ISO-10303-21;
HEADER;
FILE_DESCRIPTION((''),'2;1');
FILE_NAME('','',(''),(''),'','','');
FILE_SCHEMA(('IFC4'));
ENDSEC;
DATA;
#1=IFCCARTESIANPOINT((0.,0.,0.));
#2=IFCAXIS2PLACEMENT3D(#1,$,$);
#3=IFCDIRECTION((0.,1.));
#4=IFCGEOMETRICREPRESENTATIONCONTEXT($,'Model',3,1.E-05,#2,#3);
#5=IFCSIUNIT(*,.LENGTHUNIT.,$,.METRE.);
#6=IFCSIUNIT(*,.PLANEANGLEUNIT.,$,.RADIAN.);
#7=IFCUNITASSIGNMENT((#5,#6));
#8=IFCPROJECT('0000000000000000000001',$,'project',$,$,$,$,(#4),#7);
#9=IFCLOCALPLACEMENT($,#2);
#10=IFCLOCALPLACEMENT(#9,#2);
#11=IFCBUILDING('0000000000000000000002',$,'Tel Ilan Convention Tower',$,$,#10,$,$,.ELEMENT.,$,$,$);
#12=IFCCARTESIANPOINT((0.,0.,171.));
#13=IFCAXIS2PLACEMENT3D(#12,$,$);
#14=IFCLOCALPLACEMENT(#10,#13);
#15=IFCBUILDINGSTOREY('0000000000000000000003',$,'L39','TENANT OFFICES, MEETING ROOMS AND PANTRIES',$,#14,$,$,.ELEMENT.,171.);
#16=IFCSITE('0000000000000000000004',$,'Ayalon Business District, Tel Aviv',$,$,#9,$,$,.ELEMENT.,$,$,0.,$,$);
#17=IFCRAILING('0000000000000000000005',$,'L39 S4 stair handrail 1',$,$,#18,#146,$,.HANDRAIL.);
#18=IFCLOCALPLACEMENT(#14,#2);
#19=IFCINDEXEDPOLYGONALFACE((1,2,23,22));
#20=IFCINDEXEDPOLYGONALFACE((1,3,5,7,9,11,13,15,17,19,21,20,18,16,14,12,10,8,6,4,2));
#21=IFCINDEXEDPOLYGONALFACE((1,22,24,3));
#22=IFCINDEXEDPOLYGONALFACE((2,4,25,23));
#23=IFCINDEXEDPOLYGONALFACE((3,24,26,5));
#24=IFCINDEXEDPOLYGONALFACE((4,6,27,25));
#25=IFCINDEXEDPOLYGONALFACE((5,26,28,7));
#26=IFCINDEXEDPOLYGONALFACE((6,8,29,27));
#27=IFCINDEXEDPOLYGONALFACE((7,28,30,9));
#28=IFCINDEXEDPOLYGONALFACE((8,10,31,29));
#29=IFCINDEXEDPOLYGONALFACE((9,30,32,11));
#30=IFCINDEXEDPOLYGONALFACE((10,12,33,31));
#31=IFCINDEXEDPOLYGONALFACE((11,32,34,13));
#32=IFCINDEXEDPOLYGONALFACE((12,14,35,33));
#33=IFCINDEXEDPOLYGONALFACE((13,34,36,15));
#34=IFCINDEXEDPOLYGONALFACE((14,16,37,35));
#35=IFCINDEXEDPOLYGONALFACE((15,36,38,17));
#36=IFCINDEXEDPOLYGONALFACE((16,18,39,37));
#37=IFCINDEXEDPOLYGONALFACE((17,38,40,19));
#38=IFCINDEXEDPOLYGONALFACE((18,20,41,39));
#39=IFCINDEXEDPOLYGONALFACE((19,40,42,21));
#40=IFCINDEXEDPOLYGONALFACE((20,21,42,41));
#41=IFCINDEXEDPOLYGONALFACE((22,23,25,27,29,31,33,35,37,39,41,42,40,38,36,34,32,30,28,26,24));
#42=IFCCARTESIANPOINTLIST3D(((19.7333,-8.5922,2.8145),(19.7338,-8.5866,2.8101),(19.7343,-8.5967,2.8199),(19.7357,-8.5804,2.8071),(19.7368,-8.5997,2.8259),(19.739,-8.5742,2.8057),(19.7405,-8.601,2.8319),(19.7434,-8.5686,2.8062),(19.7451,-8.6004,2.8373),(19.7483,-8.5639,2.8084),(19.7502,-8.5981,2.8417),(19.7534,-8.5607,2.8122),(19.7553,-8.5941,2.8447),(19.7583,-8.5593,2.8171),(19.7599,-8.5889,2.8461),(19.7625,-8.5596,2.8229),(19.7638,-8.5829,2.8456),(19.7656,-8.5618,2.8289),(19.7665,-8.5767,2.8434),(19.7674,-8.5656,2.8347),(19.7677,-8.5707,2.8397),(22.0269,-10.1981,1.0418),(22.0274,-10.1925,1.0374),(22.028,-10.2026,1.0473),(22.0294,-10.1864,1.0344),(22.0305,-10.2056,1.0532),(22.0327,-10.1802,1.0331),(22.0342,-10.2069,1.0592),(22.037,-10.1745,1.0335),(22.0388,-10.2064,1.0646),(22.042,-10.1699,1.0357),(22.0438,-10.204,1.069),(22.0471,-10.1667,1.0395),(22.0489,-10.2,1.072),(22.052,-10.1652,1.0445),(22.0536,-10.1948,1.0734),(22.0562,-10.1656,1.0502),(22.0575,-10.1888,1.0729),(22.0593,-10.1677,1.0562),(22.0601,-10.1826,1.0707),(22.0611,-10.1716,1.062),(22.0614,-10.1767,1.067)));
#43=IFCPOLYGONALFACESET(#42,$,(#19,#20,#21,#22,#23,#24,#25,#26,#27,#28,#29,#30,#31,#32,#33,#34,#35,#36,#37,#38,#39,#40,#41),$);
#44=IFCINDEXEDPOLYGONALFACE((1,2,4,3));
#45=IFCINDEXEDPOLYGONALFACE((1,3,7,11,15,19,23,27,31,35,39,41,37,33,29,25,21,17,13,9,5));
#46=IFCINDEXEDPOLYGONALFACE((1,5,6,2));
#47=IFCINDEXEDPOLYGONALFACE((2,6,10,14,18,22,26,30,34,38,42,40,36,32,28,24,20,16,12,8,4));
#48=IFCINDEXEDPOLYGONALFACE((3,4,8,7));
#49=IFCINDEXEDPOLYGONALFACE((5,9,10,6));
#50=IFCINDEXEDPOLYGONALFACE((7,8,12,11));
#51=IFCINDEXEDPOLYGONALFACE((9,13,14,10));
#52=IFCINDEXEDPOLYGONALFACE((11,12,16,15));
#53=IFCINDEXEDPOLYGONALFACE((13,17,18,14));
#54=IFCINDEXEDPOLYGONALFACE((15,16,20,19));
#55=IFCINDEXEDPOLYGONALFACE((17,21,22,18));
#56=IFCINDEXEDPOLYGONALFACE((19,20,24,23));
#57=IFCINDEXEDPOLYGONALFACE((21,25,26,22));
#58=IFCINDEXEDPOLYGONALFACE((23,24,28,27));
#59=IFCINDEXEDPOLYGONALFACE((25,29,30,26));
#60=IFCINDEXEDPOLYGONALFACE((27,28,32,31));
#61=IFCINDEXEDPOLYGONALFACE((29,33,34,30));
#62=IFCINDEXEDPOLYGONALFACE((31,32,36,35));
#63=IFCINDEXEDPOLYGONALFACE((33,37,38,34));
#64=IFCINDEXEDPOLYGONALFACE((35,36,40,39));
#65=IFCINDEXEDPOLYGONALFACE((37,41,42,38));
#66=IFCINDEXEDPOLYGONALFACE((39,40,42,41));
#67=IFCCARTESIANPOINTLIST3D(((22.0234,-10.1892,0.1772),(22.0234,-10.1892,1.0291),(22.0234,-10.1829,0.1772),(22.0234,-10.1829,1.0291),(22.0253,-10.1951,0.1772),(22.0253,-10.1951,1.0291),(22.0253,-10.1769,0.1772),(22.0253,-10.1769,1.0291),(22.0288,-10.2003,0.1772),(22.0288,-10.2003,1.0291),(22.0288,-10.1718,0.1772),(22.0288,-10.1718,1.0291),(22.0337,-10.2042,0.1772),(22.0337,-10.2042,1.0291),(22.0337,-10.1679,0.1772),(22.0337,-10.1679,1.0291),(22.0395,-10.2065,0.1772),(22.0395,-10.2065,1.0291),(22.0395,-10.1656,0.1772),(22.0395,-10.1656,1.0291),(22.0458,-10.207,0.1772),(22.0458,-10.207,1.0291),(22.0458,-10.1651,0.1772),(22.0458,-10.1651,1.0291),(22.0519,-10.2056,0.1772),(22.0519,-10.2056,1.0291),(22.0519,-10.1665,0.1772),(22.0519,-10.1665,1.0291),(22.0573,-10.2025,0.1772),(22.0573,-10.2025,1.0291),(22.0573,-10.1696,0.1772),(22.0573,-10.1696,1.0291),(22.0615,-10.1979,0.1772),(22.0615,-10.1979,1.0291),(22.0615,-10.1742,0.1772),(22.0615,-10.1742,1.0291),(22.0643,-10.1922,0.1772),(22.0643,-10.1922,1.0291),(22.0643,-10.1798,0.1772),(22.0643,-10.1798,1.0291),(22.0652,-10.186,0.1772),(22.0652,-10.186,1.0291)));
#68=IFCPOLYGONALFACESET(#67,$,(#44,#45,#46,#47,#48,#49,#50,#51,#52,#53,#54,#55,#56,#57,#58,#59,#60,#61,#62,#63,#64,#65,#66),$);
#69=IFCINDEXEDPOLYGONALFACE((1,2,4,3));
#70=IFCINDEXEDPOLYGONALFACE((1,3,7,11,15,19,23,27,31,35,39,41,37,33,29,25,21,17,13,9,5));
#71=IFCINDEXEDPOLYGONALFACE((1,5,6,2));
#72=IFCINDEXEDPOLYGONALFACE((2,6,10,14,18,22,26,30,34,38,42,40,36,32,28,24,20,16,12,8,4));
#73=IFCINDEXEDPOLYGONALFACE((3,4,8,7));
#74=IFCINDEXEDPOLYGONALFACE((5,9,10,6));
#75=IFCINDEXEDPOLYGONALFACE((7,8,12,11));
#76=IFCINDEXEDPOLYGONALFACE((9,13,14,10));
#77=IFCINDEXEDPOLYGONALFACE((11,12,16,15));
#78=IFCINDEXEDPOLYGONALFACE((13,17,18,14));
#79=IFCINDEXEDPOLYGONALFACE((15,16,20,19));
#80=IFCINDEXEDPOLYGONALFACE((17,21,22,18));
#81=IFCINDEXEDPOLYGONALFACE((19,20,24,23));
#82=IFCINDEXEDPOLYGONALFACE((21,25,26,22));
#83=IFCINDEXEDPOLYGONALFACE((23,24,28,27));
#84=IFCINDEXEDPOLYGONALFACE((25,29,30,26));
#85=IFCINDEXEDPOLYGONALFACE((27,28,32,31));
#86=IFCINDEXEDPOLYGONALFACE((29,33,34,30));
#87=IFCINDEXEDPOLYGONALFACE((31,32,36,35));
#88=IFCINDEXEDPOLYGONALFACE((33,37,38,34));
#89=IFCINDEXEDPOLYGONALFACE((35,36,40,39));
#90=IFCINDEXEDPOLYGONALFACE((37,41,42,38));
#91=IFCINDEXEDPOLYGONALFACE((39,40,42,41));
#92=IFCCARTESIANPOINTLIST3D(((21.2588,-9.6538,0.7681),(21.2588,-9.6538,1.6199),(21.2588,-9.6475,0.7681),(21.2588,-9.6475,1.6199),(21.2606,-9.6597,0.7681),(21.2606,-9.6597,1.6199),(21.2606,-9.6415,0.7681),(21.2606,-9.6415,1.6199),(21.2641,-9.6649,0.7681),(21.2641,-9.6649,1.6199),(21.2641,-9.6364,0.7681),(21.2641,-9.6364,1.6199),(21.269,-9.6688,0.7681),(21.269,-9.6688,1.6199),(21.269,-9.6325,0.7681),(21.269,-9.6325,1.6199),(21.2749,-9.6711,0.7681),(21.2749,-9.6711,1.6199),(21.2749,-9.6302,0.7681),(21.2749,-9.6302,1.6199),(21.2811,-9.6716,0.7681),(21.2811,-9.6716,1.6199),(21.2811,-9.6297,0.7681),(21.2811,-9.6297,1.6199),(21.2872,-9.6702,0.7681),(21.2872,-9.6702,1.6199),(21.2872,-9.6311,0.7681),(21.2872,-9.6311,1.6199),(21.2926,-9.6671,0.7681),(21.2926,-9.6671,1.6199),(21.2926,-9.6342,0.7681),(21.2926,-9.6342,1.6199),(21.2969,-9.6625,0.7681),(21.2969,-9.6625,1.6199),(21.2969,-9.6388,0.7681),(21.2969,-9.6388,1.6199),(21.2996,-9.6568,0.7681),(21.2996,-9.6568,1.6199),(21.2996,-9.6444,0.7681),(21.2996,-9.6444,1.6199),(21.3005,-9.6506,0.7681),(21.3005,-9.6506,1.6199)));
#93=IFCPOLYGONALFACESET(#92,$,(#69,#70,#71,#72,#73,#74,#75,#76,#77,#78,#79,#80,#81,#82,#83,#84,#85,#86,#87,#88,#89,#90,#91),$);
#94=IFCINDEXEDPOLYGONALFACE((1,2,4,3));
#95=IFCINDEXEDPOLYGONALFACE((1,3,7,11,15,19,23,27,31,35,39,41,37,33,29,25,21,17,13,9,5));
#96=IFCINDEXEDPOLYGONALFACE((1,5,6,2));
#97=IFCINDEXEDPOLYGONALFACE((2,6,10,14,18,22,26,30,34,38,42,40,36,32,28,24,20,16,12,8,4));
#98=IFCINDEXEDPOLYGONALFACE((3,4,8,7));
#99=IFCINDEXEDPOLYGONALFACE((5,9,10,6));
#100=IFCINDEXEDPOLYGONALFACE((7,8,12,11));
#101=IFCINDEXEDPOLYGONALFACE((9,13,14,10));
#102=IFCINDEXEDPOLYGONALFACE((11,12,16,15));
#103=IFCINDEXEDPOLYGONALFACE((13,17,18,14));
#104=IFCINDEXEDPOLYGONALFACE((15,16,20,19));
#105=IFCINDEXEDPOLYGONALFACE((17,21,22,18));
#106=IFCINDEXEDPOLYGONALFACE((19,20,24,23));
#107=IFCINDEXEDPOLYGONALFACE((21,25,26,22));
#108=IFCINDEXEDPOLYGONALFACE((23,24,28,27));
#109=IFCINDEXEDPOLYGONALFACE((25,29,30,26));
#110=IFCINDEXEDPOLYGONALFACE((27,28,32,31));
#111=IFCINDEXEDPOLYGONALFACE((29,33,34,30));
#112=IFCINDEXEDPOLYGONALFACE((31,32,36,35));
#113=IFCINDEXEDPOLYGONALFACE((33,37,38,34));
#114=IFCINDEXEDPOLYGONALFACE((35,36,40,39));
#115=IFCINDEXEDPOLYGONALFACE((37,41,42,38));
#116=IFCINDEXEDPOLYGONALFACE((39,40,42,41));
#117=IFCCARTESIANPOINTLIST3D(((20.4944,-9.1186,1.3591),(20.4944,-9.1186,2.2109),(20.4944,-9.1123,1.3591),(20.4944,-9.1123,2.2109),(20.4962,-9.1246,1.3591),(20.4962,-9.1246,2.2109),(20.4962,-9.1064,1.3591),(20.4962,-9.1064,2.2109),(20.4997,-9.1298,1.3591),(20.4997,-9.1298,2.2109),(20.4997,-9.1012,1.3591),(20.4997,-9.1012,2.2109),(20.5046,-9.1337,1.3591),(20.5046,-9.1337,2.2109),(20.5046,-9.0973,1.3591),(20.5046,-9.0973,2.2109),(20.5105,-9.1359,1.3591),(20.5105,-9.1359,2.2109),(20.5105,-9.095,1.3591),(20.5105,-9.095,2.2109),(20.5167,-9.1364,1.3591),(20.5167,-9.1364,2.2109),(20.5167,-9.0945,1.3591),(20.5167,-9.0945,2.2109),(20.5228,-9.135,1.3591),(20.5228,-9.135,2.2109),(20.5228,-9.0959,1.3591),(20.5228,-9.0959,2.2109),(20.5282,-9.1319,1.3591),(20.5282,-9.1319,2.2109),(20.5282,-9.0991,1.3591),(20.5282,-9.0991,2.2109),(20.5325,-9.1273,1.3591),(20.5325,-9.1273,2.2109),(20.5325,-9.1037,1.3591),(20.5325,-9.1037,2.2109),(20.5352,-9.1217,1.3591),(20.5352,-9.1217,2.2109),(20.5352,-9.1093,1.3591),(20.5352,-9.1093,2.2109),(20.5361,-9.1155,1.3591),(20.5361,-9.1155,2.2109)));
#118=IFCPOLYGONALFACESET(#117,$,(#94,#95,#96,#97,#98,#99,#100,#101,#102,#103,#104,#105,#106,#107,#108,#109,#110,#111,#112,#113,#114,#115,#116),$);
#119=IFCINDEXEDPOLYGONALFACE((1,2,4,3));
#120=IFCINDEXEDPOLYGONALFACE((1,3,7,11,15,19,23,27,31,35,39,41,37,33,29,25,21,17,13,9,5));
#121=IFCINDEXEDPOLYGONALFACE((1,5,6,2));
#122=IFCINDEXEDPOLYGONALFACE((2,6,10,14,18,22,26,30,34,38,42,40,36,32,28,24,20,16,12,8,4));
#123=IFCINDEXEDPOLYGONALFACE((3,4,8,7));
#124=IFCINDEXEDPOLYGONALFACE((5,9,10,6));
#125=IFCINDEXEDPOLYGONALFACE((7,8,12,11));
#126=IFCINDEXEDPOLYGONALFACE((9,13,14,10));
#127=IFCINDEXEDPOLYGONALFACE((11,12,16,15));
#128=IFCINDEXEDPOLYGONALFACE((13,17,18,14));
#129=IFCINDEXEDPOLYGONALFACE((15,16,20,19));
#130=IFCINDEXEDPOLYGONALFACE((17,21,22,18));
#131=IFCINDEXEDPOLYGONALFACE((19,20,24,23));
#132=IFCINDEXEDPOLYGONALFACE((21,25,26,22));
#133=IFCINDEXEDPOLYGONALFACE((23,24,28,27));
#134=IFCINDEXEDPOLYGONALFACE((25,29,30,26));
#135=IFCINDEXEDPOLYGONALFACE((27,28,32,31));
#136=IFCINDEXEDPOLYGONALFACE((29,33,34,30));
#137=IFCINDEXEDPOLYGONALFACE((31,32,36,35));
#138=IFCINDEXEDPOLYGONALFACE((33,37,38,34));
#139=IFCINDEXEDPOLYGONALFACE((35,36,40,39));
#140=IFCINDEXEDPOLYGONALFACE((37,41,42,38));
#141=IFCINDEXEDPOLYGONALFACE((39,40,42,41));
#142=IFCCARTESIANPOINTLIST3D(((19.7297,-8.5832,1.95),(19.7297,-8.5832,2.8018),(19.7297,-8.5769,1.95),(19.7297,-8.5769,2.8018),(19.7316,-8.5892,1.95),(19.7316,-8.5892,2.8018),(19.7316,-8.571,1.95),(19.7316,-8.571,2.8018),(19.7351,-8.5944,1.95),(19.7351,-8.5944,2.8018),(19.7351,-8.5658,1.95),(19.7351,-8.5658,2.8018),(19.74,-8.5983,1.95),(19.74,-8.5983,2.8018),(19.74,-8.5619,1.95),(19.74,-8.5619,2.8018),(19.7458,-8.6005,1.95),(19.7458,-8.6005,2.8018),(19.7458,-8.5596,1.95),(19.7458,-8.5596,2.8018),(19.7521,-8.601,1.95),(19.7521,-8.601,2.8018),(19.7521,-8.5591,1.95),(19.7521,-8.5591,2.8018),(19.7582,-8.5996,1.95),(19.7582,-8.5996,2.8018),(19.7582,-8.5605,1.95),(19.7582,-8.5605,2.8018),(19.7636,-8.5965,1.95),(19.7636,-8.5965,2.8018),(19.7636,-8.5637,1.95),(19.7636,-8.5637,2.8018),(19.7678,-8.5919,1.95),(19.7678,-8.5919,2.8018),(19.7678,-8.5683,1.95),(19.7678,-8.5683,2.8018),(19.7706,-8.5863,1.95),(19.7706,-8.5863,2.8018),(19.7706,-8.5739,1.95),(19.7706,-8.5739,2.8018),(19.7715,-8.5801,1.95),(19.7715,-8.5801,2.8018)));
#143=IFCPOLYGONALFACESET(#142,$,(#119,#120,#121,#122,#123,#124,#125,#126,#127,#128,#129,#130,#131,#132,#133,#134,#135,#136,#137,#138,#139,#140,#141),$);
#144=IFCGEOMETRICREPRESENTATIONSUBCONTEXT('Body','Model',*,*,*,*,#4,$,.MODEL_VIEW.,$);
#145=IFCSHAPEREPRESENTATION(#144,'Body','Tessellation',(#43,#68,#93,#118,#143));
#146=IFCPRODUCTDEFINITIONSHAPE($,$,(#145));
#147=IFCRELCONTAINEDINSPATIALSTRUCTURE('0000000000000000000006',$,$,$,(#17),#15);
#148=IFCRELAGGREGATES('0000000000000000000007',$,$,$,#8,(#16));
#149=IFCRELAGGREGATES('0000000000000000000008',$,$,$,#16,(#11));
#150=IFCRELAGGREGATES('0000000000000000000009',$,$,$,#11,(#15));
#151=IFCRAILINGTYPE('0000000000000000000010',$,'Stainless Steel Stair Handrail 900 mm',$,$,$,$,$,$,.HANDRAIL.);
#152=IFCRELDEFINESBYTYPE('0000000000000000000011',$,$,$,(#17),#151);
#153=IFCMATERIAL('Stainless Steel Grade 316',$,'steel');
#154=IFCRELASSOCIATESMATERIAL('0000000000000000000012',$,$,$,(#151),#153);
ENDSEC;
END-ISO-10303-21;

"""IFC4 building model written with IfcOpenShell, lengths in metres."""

from ifc_helpers import new_model, si_unit, direction, frame, origin, origin_2d, place, context, subcontext, project, spatial, circle, extrude, material, type_object, element, save


model = new_model("IFC4")

# Units and contexts
model_context = context("Model", 3, precision=1e-05, world=origin(), true_north=direction((0.0, 1.0)))
body_context = subcontext(model_context, "Body", "Model", "MODEL_VIEW")
ifc_project = project(units=[si_unit("LENGTHUNIT", "METRE"), si_unit("PLANEANGLEUNIT", "RADIAN")], contexts=[model_context])

# Site, building, storey
site_placement = place(None, origin())
site = spatial("IfcSite", under=ifc_project, at=site_placement, Name="Ayalon Business District, Tel Aviv", CompositionType="ELEMENT", RefElevation=0.0)
building_placement = place(site_placement, origin())
building = spatial("IfcBuilding", under=site, at=building_placement, Name="Tel Ilan Convention Tower", CompositionType="ELEMENT")
storey_placement = place(building_placement, frame((0.0, 0.0, 171.0)))
storey = spatial("IfcBuildingStorey", under=building, at=storey_placement, Name="L39", Description="TENANT OFFICES, MEETING ROOMS AND PANTRIES", CompositionType="ELEMENT", Elevation=171.0)

# Railing
ifc_material_1 = material(Name="Stainless Steel Grade 316", Category="steel")
railing_type_1 = type_object("IfcRailingType", Name="Stainless Steel Stair Handrail 900 mm", PredefinedType="HANDRAIL", material=ifc_material_1)
railing_1_placement = place(storey_placement, frame((22.0442, -10.186, 0.1772)))
element("IfcRailing", 1, at=railing_1_placement, inside=storey, type_object=railing_type_1, Name="L39 S4 stair handrail 1", PredefinedType="HANDRAIL", context=body_context, shape_type="SweptSolid", body=[
    extrude(circle(Radius=0.0239, at=origin_2d()), frame((0.0, 0.0, 0.876), z_axis=(-0.692123, 0.484597, 0.534913), x_axis=(-0.57355, -0.81917, 0.0)), (0.0, 0.0, 1.0), 3.314),
    extrude(circle(Radius=0.021, at=origin_2d()), origin(), (0.0, 0.0, 1.0), 0.8518),
    extrude(circle(Radius=0.021, at=origin_2d()), frame((-0.7646, 0.5354, 0.5908)), (0.0, 0.0, 1.0), 0.8518),
    extrude(circle(Radius=0.021, at=origin_2d()), frame((-1.5291, 1.0706, 1.1819)), (0.0, 0.0, 1.0), 0.8518),
    extrude(circle(Radius=0.021, at=origin_2d()), frame((-2.2937, 1.606, 1.7727)), (0.0, 0.0, 1.0), 0.8518),
])

save(model, "model.ifc")
